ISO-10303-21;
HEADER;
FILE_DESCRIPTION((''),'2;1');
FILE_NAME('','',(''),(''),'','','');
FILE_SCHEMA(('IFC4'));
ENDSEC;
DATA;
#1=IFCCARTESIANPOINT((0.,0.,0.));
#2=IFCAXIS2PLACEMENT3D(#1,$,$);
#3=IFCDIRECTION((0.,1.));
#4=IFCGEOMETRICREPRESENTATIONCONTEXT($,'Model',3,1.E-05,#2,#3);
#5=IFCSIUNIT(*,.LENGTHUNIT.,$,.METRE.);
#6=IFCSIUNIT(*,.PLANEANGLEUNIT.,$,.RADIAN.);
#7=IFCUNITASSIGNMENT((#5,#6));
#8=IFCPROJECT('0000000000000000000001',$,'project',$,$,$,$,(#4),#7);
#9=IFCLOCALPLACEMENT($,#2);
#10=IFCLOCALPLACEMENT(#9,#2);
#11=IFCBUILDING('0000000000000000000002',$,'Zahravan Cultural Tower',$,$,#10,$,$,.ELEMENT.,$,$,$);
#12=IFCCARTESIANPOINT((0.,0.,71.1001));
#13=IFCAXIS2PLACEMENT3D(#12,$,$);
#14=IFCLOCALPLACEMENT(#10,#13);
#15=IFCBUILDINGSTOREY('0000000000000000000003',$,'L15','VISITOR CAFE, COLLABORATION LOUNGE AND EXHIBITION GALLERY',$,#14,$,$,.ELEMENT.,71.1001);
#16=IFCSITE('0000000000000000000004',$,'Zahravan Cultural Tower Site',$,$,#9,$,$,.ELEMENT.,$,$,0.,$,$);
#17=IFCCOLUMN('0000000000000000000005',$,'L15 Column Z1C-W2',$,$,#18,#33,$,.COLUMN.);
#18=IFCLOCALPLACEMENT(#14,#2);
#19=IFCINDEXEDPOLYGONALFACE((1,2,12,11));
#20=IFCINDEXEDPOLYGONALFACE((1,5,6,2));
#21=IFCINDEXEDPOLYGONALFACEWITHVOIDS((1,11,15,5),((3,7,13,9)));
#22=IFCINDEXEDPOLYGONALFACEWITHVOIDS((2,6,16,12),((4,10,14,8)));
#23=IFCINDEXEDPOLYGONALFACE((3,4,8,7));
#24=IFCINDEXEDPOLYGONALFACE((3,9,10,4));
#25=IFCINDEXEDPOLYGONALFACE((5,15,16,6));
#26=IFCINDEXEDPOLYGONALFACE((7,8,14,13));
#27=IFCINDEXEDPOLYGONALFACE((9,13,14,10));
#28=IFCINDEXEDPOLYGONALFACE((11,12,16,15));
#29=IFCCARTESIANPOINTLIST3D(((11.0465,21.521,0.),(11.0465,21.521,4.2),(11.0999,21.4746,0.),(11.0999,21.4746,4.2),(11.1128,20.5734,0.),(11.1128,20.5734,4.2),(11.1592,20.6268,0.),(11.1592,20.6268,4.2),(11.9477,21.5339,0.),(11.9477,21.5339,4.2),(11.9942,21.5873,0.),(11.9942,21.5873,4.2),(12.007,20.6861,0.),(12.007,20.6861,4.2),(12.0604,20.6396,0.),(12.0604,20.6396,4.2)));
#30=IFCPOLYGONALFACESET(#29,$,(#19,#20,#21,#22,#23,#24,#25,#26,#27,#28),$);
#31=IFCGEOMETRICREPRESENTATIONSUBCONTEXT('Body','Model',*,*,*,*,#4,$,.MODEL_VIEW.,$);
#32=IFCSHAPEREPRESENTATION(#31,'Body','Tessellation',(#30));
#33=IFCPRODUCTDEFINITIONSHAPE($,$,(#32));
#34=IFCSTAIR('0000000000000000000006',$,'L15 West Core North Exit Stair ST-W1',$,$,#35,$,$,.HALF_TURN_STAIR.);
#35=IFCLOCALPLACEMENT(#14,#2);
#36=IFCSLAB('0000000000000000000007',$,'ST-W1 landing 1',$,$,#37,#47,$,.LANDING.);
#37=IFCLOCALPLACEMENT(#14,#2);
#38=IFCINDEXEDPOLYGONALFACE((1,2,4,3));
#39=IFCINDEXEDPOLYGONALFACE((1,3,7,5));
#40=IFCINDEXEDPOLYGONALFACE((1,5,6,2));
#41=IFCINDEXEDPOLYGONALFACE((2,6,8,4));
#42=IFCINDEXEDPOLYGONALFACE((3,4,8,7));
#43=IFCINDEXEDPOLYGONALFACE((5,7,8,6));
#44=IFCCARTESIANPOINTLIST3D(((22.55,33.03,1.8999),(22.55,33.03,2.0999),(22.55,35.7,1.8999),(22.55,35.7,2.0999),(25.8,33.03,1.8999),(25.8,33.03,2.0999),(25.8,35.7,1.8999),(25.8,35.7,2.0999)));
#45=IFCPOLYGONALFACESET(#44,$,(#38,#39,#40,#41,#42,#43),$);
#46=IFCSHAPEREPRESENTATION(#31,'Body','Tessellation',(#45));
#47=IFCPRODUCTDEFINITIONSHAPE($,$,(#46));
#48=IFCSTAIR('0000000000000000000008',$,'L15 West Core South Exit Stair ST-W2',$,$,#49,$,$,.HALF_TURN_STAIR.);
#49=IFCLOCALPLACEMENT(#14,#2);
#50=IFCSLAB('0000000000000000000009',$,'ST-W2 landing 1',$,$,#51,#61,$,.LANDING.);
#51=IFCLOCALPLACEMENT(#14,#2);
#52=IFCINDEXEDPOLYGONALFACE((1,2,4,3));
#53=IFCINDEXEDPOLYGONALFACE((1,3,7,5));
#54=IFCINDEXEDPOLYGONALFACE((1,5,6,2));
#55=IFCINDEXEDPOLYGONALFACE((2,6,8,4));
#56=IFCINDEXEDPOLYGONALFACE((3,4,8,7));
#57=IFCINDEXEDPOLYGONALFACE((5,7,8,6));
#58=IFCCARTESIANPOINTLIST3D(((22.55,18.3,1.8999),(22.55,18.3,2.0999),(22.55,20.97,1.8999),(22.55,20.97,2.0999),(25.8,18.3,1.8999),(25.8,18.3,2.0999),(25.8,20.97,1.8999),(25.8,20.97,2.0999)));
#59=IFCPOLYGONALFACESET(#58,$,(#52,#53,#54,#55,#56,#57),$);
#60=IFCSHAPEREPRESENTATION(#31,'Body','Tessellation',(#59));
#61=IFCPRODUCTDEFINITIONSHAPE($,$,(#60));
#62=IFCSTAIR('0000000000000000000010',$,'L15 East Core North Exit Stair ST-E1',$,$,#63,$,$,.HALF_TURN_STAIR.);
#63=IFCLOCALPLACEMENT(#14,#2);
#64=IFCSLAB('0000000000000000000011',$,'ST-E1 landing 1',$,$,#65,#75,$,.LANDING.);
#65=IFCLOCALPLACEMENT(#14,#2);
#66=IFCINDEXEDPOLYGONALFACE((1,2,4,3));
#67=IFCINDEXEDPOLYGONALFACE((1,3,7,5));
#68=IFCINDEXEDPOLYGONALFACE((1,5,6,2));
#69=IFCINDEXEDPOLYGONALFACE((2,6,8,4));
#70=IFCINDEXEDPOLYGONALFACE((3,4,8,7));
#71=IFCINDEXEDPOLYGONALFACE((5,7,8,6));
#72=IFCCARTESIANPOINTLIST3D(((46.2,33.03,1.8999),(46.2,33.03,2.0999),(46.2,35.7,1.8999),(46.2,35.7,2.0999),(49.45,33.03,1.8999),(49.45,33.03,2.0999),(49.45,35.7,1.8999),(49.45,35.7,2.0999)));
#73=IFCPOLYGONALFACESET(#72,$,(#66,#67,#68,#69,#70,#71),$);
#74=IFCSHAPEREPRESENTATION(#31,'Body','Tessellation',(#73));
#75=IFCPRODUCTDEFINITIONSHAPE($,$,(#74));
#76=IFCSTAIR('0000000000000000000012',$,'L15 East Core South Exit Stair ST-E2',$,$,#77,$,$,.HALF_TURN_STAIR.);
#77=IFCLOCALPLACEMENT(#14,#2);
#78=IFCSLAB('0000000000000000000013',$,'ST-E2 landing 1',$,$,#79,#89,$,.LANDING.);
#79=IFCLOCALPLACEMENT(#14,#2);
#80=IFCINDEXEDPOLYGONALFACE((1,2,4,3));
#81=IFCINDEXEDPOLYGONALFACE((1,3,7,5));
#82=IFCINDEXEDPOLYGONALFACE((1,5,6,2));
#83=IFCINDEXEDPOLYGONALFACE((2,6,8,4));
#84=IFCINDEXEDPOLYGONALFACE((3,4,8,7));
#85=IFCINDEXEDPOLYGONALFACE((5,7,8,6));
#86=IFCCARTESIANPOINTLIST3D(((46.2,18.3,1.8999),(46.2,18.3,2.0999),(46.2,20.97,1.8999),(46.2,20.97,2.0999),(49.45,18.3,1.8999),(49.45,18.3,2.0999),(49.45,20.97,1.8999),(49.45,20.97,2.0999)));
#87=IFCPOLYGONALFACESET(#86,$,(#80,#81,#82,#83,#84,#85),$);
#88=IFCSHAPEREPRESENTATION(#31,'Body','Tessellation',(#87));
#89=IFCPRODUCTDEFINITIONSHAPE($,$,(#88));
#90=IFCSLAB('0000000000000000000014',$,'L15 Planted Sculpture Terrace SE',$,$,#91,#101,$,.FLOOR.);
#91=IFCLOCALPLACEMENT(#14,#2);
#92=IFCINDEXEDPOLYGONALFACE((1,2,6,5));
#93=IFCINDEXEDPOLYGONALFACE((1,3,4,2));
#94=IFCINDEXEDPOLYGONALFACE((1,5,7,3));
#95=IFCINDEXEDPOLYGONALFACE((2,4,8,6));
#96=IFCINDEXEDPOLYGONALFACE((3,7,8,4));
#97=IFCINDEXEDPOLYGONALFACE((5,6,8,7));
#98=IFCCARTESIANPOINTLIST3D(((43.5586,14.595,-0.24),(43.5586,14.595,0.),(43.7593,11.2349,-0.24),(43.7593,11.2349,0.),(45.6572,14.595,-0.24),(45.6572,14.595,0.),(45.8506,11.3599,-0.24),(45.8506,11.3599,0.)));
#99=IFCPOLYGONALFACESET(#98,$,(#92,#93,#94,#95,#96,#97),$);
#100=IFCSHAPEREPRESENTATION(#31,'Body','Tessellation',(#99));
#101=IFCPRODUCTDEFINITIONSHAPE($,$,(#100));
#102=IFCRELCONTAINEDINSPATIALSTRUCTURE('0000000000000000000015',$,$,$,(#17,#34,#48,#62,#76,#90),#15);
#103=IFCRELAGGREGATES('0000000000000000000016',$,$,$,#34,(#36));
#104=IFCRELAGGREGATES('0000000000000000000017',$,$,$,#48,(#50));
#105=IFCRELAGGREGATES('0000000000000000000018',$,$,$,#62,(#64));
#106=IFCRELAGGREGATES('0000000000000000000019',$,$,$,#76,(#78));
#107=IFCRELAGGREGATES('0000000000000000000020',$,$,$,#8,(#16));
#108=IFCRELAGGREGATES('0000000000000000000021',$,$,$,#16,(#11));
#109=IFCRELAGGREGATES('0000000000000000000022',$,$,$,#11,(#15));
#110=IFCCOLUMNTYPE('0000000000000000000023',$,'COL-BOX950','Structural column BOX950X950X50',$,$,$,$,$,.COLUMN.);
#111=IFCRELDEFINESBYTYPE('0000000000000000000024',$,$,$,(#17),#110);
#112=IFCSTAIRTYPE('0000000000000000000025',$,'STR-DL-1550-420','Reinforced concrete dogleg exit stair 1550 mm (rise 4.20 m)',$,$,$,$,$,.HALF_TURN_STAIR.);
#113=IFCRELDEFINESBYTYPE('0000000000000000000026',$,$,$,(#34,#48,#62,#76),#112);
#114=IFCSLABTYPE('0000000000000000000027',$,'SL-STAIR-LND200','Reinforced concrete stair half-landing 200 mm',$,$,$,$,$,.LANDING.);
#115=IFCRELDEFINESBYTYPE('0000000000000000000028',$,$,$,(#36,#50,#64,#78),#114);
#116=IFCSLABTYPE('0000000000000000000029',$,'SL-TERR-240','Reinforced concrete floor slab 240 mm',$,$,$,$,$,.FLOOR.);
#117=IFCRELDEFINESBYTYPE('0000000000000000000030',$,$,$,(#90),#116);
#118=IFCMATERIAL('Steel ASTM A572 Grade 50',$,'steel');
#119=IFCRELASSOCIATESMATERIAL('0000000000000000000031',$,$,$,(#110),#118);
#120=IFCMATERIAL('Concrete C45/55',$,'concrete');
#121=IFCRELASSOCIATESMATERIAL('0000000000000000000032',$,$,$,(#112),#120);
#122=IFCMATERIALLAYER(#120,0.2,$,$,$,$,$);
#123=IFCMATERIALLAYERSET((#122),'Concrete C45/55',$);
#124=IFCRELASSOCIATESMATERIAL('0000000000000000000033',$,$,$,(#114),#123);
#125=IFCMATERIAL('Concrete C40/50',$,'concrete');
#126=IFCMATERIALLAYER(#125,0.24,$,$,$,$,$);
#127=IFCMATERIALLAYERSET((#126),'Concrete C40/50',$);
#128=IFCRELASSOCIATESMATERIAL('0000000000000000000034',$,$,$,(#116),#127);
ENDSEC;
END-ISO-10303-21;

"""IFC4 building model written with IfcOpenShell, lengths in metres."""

from ifc_helpers import new_model, si_unit, direction, frame, origin, origin_2d, place, context, subcontext, project, spatial, polyline, hollow_rectangle, outline, extrude, source, transform, mapped, material, layer, layer_set, material_profile, profile_set, type_object, element, aggregate, save


model = new_model("IFC4")

# Units and contexts
model_context = context("Model", 3, precision=1e-05, world=origin(), true_north=direction((0.0, 1.0)))
body_context = subcontext(model_context, "Body", "Model", "MODEL_VIEW")
ifc_project = project(units=[si_unit("LENGTHUNIT", "METRE"), si_unit("PLANEANGLEUNIT", "RADIAN")], contexts=[model_context])

# Site, building, storey
site_placement = place(None, origin())
site = spatial("IfcSite", under=ifc_project, at=site_placement, Name="Zahravan Cultural Tower Site", CompositionType="ELEMENT", RefElevation=0.0)
building_placement = place(site_placement, origin())
building = spatial("IfcBuilding", under=site, at=building_placement, Name="Zahravan Cultural Tower", CompositionType="ELEMENT")
storey_placement = place(building_placement, frame((0.0, 0.0, 71.1001)))
storey = spatial("IfcBuildingStorey", under=building, at=storey_placement, Name="L15", Description="VISITOR CAFE, COLLABORATION LOUNGE AND EXHIBITION GALLERY", CompositionType="ELEMENT", Elevation=71.1001)

# Column
ifc_material_1 = material(Name="Steel ASTM A572 Grade 50", Category="steel")
ifc_material_profile = material_profile(ifc_material_1, hollow_rectangle(XDim=0.95, YDim=0.95, WallThickness=0.05, at=origin_2d()), Name="BOX950X950X50")
ifc_profile_set = profile_set([ifc_material_profile], Name="Steel ASTM A572 Grade 50")
column_type = type_object("IfcColumnType", Name="COL-BOX950", Description="Structural column BOX950X950X50", PredefinedType="COLUMN", material=ifc_profile_set)
shared_shape_1 = source(origin(), body_context, "Body", "SweptSolid", [
    extrude(hollow_rectangle(XDim=0.95, YDim=0.95, WallThickness=0.05, at=origin_2d()), origin(), (0.0, 0.0, 1.0), 4.2),
])
column_placement = place(storey_placement, frame((11.5535, 21.0803, 0.0), z_axis=(0.0, 0.0, 1.0), x_axis=(0.997564, 0.069756, 0.0)))
element("IfcColumn", 1, at=column_placement, inside=storey, type_object=column_type, Name="L15 Column Z1C-W2", PredefinedType="COLUMN", context=body_context, shape_type="MappedRepresentation", body=[
    mapped(shared_shape_1, transform((0.0, 0.0, 0.0), x_axis=(1.0, 0.0, 0.0), y_axis=(0.0, 1.0, 0.0), z_axis=(0.0, 0.0, 1.0), scale=1.0)),
])

# Stairs, slabs
ifc_material_2 = material(Name="Concrete C45/55", Category="concrete")
stair_type = type_object("IfcStairType", Name="STR-DL-1550-420", Description="Reinforced concrete dogleg exit stair 1550 mm (rise 4.20 m)", PredefinedType="HALF_TURN_STAIR", material=ifc_material_2)
stair_1_placement = place(storey_placement, origin())
stair_1 = element("IfcStair", 2, at=stair_1_placement, inside=storey, type_object=stair_type, Name="L15 West Core North Exit Stair ST-W1", PredefinedType="HALF_TURN_STAIR")
ifc_layer_1 = layer(ifc_material_2, 0.2)
ifc_layer_set_1 = layer_set([ifc_layer_1], Name="Concrete C45/55")
slab_type_1 = type_object("IfcSlabType", Name="SL-STAIR-LND200", Description="Reinforced concrete stair half-landing 200 mm", PredefinedType="LANDING", material=ifc_layer_set_1)
slab_1_placement = place(storey_placement, frame((0.0, 0.0, 1.8999)))
slab_1 = element("IfcSlab", 3, at=slab_1_placement, type_object=slab_type_1, Name="ST-W1 landing 1", PredefinedType="LANDING", context=body_context, shape_type="SweptSolid", body=[
    extrude(outline(polyline([(25.8, 33.03), (25.8, 35.7), (22.55, 35.7), (22.55, 33.03), (25.8, 33.03)])), origin(), (0.0, 0.0, 1.0), 0.2),
])
aggregate(stair_1, [slab_1])
stair_2_placement = place(storey_placement, origin())
stair_2 = element("IfcStair", 4, at=stair_2_placement, inside=storey, type_object=stair_type, Name="L15 West Core South Exit Stair ST-W2", PredefinedType="HALF_TURN_STAIR")
slab_2_placement = place(storey_placement, frame((0.0, 0.0, 1.8999)))
slab_2 = element("IfcSlab", 5, at=slab_2_placement, type_object=slab_type_1, Name="ST-W2 landing 1", PredefinedType="LANDING", context=body_context, shape_type="SweptSolid", body=[
    extrude(outline(polyline([(22.55, 20.97), (22.55, 18.3), (25.8, 18.3), (25.8, 20.97), (22.55, 20.97)])), origin(), (0.0, 0.0, 1.0), 0.2),
])
aggregate(stair_2, [slab_2])
stair_3_placement = place(storey_placement, origin())
stair_3 = element("IfcStair", 6, at=stair_3_placement, inside=storey, type_object=stair_type, Name="L15 East Core North Exit Stair ST-E1", PredefinedType="HALF_TURN_STAIR")
slab_3_placement = place(storey_placement, frame((0.0, 0.0, 1.8999)))
slab_3 = element("IfcSlab", 7, at=slab_3_placement, type_object=slab_type_1, Name="ST-E1 landing 1", PredefinedType="LANDING", context=body_context, shape_type="SweptSolid", body=[
    extrude(outline(polyline([(49.45, 33.03), (49.45, 35.7), (46.2, 35.7), (46.2, 33.03), (49.45, 33.03)])), origin(), (0.0, 0.0, 1.0), 0.2),
])
aggregate(stair_3, [slab_3])
stair_4_placement = place(storey_placement, origin())
stair_4 = element("IfcStair", 8, at=stair_4_placement, inside=storey, type_object=stair_type, Name="L15 East Core South Exit Stair ST-E2", PredefinedType="HALF_TURN_STAIR")
slab_4_placement = place(storey_placement, frame((0.0, 0.0, 1.8999)))
slab_4 = element("IfcSlab", 9, at=slab_4_placement, type_object=slab_type_1, Name="ST-E2 landing 1", PredefinedType="LANDING", context=body_context, shape_type="SweptSolid", body=[
    extrude(outline(polyline([(46.2, 20.97), (46.2, 18.3), (49.45, 18.3), (49.45, 20.97), (46.2, 20.97)])), origin(), (0.0, 0.0, 1.0), 0.2),
])
aggregate(stair_4, [slab_4])

# Slab
ifc_material_3 = material(Name="Concrete C40/50", Category="concrete")
ifc_layer_2 = layer(ifc_material_3, 0.24)
ifc_layer_set_2 = layer_set([ifc_layer_2], Name="Concrete C40/50")
slab_type_2 = type_object("IfcSlabType", Name="SL-TERR-240", Description="Reinforced concrete floor slab 240 mm", PredefinedType="FLOOR", material=ifc_layer_set_2)
slab_5_placement = place(storey_placement, frame((0.0, 0.0, -0.24)))
element("IfcSlab", 10, at=slab_5_placement, inside=storey, type_object=slab_type_2, Name="L15 Planted Sculpture Terrace SE", PredefinedType="FLOOR", context=body_context, shape_type="SweptSolid", body=[
    extrude(outline(polyline([(45.8506, 11.3599), (45.6572, 14.595), (43.5586, 14.595), (43.7593, 11.2349), (45.8506, 11.3599)])), origin(), (0.0, 0.0, 1.0), 0.24),
])

save(model, "model.ifc")
